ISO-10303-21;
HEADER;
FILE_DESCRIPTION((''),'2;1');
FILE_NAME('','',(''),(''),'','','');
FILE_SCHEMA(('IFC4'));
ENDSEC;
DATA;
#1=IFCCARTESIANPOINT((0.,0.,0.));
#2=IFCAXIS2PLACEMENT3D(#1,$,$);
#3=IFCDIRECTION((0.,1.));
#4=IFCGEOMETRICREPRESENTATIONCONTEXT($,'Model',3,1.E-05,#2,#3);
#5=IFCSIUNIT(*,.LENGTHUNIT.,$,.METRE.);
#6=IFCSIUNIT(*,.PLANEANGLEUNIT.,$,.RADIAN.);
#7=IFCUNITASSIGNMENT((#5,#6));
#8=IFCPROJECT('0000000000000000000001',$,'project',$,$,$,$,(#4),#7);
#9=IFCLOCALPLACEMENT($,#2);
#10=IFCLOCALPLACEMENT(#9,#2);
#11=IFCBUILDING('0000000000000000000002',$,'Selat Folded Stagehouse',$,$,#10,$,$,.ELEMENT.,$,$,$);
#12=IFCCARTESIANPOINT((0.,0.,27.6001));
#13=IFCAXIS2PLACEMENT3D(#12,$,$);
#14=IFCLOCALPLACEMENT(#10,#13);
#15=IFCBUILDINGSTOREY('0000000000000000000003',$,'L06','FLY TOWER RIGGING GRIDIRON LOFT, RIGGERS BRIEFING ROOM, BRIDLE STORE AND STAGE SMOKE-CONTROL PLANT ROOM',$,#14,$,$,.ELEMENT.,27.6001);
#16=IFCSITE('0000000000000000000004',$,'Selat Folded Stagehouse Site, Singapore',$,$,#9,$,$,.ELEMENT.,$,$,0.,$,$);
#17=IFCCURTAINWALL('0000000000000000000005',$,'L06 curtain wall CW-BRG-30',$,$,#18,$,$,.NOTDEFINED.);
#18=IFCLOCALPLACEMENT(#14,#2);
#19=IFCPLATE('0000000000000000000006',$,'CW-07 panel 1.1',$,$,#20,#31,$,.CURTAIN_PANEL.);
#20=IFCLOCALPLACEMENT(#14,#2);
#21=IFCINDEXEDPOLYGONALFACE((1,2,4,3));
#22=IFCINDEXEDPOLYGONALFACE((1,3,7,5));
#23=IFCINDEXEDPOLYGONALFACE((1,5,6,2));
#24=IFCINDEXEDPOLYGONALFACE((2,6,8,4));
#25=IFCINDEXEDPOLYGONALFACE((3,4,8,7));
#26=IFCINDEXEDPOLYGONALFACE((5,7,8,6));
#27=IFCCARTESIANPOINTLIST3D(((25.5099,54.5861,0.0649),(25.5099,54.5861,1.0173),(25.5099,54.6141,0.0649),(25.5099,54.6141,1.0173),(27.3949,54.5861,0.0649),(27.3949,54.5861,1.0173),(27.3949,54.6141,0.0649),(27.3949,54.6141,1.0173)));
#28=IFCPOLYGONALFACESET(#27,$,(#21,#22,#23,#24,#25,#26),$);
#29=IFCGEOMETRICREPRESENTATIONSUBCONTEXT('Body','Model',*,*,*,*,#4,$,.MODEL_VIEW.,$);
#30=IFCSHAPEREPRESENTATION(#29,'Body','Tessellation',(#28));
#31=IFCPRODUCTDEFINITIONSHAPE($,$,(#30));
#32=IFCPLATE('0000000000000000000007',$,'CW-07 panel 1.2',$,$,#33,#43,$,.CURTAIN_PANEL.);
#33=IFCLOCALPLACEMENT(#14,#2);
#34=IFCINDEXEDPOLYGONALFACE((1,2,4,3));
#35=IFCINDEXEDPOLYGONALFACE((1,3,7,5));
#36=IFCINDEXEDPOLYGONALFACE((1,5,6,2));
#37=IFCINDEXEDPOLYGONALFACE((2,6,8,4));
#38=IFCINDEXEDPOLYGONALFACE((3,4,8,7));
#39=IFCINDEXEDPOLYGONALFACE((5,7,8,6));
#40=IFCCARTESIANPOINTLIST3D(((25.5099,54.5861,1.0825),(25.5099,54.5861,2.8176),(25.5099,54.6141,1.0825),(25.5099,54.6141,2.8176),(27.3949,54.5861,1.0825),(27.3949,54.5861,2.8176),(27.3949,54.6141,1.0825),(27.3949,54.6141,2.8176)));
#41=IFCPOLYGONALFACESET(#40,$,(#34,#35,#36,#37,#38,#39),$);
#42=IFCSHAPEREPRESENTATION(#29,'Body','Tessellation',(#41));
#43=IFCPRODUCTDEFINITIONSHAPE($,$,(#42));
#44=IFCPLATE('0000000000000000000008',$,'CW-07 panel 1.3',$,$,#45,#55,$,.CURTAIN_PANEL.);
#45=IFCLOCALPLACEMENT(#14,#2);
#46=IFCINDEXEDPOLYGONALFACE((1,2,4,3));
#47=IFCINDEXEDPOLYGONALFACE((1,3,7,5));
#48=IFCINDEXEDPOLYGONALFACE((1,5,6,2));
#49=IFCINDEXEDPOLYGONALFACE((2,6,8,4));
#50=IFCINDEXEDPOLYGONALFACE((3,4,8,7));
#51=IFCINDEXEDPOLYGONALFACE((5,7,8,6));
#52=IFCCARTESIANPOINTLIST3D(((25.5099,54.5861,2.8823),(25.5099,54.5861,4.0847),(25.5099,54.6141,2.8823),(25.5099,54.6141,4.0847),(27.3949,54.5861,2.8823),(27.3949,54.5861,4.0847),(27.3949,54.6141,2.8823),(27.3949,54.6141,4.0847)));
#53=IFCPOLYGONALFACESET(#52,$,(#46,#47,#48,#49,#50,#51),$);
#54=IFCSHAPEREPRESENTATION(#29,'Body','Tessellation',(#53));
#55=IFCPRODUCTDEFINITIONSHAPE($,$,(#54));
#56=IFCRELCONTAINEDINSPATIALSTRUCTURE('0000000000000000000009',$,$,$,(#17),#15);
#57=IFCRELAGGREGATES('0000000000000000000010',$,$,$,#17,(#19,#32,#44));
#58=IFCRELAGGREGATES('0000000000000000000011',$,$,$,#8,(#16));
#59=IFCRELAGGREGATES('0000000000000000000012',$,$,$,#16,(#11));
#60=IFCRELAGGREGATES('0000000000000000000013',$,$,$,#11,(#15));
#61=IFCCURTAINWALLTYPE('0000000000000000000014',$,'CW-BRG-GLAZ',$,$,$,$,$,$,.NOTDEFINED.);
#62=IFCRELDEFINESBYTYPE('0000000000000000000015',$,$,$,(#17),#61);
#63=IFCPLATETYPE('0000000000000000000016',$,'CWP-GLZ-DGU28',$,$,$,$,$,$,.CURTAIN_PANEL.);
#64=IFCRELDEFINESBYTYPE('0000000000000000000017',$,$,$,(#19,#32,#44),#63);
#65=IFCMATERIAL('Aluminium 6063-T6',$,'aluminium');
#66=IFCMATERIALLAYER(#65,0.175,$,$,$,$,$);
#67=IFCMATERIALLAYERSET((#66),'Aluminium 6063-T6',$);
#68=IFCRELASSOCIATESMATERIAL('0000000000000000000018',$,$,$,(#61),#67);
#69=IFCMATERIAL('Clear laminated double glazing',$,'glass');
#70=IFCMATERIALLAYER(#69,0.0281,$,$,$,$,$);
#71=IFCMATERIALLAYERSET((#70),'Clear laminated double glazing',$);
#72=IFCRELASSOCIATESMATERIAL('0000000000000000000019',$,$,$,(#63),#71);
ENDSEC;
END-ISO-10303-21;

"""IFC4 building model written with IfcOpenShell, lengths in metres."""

from ifc_helpers import new_model, si_unit, direction, frame, origin, origin_2d, place, context, subcontext, project, spatial, rectangle, extrude, material, layer, layer_set, type_object, element, aggregate, save


model = new_model("IFC4")

# Units and contexts
model_context = context("Model", 3, precision=1e-05, world=origin(), true_north=direction((0.0, 1.0)))
body_context = subcontext(model_context, "Body", "Model", "MODEL_VIEW")
ifc_project = project(units=[si_unit("LENGTHUNIT", "METRE"), si_unit("PLANEANGLEUNIT", "RADIAN")], contexts=[model_context])

# Site, building, storey
site_placement = place(None, origin())
site = spatial("IfcSite", under=ifc_project, at=site_placement, Name="Selat Folded Stagehouse Site, Singapore", CompositionType="ELEMENT", RefElevation=0.0)
building_placement = place(site_placement, origin())
building = spatial("IfcBuilding", under=site, at=building_placement, Name="Selat Folded Stagehouse", CompositionType="ELEMENT")
storey_placement = place(building_placement, frame((0.0, 0.0, 27.6001)))
storey = spatial("IfcBuildingStorey", under=building, at=storey_placement, Name="L06", Description="FLY TOWER RIGGING GRIDIRON LOFT, RIGGERS BRIEFING ROOM, BRIDLE STORE AND STAGE SMOKE-CONTROL PLANT ROOM", CompositionType="ELEMENT", Elevation=27.6001)

# Curtain wall
ifc_material_1 = material(Name="Aluminium 6063-T6", Category="aluminium")
ifc_layer_1 = layer(ifc_material_1, 0.175)
ifc_layer_set_1 = layer_set([ifc_layer_1], Name="Aluminium 6063-T6")
curtain_wall_type = type_object("IfcCurtainWallType", Name="CW-BRG-GLAZ", PredefinedType="NOTDEFINED", material=ifc_layer_set_1)
curtain_wall_1_placement = place(storey_placement, origin())
curtain_wall_1 = element("IfcCurtainWall", 1, at=curtain_wall_1_placement, inside=storey, type_object=curtain_wall_type, Name="L06 curtain wall CW-BRG-30", PredefinedType="NOTDEFINED")

# Plates
ifc_material_2 = material(Name="Clear laminated double glazing", Category="glass")
ifc_layer_2 = layer(ifc_material_2, 0.0281)
ifc_layer_set_2 = layer_set([ifc_layer_2], Name="Clear laminated double glazing")
plate_type = type_object("IfcPlateType", Name="CWP-GLZ-DGU28", PredefinedType="CURTAIN_PANEL", material=ifc_layer_set_2)
plate_1_placement = place(storey_placement, frame((26.4524, 54.6001, 0.0649), z_axis=(0.0, 0.0, 1.0), x_axis=(1.0, 0.0, 0.0)))
plate_1 = element("IfcPlate", 2, at=plate_1_placement, type_object=plate_type, Name="CW-07 panel 1.1", PredefinedType="CURTAIN_PANEL", context=body_context, shape_type="SweptSolid", body=[
    extrude(rectangle(XDim=1.885, YDim=0.0281, at=origin_2d()), origin(), (0.0, 0.0, 1.0), 0.9524),
])
plate_2_placement = place(storey_placement, frame((26.4524, 54.6001, 1.0825), z_axis=(0.0, 0.0, 1.0), x_axis=(1.0, 0.0, 0.0)))
plate_2 = element("IfcPlate", 3, at=plate_2_placement, type_object=plate_type, Name="CW-07 panel 1.2", PredefinedType="CURTAIN_PANEL", context=body_context, shape_type="SweptSolid", body=[
    extrude(rectangle(XDim=1.885, YDim=0.0281, at=origin_2d()), origin(), (0.0, 0.0, 1.0), 1.7351),
])
plate_3_placement = place(storey_placement, frame((26.4524, 54.6001, 2.8823), z_axis=(0.0, 0.0, 1.0), x_axis=(1.0, 0.0, 0.0)))
plate_3 = element("IfcPlate", 4, at=plate_3_placement, type_object=plate_type, Name="CW-07 panel 1.3", PredefinedType="CURTAIN_PANEL", context=body_context, shape_type="SweptSolid", body=[
    extrude(rectangle(XDim=1.885, YDim=0.0281, at=origin_2d()), origin(), (0.0, 0.0, 1.0), 1.2024),
])
aggregate(curtain_wall_1, [plate_1, plate_2, plate_3])

save(model, "model.ifc")
